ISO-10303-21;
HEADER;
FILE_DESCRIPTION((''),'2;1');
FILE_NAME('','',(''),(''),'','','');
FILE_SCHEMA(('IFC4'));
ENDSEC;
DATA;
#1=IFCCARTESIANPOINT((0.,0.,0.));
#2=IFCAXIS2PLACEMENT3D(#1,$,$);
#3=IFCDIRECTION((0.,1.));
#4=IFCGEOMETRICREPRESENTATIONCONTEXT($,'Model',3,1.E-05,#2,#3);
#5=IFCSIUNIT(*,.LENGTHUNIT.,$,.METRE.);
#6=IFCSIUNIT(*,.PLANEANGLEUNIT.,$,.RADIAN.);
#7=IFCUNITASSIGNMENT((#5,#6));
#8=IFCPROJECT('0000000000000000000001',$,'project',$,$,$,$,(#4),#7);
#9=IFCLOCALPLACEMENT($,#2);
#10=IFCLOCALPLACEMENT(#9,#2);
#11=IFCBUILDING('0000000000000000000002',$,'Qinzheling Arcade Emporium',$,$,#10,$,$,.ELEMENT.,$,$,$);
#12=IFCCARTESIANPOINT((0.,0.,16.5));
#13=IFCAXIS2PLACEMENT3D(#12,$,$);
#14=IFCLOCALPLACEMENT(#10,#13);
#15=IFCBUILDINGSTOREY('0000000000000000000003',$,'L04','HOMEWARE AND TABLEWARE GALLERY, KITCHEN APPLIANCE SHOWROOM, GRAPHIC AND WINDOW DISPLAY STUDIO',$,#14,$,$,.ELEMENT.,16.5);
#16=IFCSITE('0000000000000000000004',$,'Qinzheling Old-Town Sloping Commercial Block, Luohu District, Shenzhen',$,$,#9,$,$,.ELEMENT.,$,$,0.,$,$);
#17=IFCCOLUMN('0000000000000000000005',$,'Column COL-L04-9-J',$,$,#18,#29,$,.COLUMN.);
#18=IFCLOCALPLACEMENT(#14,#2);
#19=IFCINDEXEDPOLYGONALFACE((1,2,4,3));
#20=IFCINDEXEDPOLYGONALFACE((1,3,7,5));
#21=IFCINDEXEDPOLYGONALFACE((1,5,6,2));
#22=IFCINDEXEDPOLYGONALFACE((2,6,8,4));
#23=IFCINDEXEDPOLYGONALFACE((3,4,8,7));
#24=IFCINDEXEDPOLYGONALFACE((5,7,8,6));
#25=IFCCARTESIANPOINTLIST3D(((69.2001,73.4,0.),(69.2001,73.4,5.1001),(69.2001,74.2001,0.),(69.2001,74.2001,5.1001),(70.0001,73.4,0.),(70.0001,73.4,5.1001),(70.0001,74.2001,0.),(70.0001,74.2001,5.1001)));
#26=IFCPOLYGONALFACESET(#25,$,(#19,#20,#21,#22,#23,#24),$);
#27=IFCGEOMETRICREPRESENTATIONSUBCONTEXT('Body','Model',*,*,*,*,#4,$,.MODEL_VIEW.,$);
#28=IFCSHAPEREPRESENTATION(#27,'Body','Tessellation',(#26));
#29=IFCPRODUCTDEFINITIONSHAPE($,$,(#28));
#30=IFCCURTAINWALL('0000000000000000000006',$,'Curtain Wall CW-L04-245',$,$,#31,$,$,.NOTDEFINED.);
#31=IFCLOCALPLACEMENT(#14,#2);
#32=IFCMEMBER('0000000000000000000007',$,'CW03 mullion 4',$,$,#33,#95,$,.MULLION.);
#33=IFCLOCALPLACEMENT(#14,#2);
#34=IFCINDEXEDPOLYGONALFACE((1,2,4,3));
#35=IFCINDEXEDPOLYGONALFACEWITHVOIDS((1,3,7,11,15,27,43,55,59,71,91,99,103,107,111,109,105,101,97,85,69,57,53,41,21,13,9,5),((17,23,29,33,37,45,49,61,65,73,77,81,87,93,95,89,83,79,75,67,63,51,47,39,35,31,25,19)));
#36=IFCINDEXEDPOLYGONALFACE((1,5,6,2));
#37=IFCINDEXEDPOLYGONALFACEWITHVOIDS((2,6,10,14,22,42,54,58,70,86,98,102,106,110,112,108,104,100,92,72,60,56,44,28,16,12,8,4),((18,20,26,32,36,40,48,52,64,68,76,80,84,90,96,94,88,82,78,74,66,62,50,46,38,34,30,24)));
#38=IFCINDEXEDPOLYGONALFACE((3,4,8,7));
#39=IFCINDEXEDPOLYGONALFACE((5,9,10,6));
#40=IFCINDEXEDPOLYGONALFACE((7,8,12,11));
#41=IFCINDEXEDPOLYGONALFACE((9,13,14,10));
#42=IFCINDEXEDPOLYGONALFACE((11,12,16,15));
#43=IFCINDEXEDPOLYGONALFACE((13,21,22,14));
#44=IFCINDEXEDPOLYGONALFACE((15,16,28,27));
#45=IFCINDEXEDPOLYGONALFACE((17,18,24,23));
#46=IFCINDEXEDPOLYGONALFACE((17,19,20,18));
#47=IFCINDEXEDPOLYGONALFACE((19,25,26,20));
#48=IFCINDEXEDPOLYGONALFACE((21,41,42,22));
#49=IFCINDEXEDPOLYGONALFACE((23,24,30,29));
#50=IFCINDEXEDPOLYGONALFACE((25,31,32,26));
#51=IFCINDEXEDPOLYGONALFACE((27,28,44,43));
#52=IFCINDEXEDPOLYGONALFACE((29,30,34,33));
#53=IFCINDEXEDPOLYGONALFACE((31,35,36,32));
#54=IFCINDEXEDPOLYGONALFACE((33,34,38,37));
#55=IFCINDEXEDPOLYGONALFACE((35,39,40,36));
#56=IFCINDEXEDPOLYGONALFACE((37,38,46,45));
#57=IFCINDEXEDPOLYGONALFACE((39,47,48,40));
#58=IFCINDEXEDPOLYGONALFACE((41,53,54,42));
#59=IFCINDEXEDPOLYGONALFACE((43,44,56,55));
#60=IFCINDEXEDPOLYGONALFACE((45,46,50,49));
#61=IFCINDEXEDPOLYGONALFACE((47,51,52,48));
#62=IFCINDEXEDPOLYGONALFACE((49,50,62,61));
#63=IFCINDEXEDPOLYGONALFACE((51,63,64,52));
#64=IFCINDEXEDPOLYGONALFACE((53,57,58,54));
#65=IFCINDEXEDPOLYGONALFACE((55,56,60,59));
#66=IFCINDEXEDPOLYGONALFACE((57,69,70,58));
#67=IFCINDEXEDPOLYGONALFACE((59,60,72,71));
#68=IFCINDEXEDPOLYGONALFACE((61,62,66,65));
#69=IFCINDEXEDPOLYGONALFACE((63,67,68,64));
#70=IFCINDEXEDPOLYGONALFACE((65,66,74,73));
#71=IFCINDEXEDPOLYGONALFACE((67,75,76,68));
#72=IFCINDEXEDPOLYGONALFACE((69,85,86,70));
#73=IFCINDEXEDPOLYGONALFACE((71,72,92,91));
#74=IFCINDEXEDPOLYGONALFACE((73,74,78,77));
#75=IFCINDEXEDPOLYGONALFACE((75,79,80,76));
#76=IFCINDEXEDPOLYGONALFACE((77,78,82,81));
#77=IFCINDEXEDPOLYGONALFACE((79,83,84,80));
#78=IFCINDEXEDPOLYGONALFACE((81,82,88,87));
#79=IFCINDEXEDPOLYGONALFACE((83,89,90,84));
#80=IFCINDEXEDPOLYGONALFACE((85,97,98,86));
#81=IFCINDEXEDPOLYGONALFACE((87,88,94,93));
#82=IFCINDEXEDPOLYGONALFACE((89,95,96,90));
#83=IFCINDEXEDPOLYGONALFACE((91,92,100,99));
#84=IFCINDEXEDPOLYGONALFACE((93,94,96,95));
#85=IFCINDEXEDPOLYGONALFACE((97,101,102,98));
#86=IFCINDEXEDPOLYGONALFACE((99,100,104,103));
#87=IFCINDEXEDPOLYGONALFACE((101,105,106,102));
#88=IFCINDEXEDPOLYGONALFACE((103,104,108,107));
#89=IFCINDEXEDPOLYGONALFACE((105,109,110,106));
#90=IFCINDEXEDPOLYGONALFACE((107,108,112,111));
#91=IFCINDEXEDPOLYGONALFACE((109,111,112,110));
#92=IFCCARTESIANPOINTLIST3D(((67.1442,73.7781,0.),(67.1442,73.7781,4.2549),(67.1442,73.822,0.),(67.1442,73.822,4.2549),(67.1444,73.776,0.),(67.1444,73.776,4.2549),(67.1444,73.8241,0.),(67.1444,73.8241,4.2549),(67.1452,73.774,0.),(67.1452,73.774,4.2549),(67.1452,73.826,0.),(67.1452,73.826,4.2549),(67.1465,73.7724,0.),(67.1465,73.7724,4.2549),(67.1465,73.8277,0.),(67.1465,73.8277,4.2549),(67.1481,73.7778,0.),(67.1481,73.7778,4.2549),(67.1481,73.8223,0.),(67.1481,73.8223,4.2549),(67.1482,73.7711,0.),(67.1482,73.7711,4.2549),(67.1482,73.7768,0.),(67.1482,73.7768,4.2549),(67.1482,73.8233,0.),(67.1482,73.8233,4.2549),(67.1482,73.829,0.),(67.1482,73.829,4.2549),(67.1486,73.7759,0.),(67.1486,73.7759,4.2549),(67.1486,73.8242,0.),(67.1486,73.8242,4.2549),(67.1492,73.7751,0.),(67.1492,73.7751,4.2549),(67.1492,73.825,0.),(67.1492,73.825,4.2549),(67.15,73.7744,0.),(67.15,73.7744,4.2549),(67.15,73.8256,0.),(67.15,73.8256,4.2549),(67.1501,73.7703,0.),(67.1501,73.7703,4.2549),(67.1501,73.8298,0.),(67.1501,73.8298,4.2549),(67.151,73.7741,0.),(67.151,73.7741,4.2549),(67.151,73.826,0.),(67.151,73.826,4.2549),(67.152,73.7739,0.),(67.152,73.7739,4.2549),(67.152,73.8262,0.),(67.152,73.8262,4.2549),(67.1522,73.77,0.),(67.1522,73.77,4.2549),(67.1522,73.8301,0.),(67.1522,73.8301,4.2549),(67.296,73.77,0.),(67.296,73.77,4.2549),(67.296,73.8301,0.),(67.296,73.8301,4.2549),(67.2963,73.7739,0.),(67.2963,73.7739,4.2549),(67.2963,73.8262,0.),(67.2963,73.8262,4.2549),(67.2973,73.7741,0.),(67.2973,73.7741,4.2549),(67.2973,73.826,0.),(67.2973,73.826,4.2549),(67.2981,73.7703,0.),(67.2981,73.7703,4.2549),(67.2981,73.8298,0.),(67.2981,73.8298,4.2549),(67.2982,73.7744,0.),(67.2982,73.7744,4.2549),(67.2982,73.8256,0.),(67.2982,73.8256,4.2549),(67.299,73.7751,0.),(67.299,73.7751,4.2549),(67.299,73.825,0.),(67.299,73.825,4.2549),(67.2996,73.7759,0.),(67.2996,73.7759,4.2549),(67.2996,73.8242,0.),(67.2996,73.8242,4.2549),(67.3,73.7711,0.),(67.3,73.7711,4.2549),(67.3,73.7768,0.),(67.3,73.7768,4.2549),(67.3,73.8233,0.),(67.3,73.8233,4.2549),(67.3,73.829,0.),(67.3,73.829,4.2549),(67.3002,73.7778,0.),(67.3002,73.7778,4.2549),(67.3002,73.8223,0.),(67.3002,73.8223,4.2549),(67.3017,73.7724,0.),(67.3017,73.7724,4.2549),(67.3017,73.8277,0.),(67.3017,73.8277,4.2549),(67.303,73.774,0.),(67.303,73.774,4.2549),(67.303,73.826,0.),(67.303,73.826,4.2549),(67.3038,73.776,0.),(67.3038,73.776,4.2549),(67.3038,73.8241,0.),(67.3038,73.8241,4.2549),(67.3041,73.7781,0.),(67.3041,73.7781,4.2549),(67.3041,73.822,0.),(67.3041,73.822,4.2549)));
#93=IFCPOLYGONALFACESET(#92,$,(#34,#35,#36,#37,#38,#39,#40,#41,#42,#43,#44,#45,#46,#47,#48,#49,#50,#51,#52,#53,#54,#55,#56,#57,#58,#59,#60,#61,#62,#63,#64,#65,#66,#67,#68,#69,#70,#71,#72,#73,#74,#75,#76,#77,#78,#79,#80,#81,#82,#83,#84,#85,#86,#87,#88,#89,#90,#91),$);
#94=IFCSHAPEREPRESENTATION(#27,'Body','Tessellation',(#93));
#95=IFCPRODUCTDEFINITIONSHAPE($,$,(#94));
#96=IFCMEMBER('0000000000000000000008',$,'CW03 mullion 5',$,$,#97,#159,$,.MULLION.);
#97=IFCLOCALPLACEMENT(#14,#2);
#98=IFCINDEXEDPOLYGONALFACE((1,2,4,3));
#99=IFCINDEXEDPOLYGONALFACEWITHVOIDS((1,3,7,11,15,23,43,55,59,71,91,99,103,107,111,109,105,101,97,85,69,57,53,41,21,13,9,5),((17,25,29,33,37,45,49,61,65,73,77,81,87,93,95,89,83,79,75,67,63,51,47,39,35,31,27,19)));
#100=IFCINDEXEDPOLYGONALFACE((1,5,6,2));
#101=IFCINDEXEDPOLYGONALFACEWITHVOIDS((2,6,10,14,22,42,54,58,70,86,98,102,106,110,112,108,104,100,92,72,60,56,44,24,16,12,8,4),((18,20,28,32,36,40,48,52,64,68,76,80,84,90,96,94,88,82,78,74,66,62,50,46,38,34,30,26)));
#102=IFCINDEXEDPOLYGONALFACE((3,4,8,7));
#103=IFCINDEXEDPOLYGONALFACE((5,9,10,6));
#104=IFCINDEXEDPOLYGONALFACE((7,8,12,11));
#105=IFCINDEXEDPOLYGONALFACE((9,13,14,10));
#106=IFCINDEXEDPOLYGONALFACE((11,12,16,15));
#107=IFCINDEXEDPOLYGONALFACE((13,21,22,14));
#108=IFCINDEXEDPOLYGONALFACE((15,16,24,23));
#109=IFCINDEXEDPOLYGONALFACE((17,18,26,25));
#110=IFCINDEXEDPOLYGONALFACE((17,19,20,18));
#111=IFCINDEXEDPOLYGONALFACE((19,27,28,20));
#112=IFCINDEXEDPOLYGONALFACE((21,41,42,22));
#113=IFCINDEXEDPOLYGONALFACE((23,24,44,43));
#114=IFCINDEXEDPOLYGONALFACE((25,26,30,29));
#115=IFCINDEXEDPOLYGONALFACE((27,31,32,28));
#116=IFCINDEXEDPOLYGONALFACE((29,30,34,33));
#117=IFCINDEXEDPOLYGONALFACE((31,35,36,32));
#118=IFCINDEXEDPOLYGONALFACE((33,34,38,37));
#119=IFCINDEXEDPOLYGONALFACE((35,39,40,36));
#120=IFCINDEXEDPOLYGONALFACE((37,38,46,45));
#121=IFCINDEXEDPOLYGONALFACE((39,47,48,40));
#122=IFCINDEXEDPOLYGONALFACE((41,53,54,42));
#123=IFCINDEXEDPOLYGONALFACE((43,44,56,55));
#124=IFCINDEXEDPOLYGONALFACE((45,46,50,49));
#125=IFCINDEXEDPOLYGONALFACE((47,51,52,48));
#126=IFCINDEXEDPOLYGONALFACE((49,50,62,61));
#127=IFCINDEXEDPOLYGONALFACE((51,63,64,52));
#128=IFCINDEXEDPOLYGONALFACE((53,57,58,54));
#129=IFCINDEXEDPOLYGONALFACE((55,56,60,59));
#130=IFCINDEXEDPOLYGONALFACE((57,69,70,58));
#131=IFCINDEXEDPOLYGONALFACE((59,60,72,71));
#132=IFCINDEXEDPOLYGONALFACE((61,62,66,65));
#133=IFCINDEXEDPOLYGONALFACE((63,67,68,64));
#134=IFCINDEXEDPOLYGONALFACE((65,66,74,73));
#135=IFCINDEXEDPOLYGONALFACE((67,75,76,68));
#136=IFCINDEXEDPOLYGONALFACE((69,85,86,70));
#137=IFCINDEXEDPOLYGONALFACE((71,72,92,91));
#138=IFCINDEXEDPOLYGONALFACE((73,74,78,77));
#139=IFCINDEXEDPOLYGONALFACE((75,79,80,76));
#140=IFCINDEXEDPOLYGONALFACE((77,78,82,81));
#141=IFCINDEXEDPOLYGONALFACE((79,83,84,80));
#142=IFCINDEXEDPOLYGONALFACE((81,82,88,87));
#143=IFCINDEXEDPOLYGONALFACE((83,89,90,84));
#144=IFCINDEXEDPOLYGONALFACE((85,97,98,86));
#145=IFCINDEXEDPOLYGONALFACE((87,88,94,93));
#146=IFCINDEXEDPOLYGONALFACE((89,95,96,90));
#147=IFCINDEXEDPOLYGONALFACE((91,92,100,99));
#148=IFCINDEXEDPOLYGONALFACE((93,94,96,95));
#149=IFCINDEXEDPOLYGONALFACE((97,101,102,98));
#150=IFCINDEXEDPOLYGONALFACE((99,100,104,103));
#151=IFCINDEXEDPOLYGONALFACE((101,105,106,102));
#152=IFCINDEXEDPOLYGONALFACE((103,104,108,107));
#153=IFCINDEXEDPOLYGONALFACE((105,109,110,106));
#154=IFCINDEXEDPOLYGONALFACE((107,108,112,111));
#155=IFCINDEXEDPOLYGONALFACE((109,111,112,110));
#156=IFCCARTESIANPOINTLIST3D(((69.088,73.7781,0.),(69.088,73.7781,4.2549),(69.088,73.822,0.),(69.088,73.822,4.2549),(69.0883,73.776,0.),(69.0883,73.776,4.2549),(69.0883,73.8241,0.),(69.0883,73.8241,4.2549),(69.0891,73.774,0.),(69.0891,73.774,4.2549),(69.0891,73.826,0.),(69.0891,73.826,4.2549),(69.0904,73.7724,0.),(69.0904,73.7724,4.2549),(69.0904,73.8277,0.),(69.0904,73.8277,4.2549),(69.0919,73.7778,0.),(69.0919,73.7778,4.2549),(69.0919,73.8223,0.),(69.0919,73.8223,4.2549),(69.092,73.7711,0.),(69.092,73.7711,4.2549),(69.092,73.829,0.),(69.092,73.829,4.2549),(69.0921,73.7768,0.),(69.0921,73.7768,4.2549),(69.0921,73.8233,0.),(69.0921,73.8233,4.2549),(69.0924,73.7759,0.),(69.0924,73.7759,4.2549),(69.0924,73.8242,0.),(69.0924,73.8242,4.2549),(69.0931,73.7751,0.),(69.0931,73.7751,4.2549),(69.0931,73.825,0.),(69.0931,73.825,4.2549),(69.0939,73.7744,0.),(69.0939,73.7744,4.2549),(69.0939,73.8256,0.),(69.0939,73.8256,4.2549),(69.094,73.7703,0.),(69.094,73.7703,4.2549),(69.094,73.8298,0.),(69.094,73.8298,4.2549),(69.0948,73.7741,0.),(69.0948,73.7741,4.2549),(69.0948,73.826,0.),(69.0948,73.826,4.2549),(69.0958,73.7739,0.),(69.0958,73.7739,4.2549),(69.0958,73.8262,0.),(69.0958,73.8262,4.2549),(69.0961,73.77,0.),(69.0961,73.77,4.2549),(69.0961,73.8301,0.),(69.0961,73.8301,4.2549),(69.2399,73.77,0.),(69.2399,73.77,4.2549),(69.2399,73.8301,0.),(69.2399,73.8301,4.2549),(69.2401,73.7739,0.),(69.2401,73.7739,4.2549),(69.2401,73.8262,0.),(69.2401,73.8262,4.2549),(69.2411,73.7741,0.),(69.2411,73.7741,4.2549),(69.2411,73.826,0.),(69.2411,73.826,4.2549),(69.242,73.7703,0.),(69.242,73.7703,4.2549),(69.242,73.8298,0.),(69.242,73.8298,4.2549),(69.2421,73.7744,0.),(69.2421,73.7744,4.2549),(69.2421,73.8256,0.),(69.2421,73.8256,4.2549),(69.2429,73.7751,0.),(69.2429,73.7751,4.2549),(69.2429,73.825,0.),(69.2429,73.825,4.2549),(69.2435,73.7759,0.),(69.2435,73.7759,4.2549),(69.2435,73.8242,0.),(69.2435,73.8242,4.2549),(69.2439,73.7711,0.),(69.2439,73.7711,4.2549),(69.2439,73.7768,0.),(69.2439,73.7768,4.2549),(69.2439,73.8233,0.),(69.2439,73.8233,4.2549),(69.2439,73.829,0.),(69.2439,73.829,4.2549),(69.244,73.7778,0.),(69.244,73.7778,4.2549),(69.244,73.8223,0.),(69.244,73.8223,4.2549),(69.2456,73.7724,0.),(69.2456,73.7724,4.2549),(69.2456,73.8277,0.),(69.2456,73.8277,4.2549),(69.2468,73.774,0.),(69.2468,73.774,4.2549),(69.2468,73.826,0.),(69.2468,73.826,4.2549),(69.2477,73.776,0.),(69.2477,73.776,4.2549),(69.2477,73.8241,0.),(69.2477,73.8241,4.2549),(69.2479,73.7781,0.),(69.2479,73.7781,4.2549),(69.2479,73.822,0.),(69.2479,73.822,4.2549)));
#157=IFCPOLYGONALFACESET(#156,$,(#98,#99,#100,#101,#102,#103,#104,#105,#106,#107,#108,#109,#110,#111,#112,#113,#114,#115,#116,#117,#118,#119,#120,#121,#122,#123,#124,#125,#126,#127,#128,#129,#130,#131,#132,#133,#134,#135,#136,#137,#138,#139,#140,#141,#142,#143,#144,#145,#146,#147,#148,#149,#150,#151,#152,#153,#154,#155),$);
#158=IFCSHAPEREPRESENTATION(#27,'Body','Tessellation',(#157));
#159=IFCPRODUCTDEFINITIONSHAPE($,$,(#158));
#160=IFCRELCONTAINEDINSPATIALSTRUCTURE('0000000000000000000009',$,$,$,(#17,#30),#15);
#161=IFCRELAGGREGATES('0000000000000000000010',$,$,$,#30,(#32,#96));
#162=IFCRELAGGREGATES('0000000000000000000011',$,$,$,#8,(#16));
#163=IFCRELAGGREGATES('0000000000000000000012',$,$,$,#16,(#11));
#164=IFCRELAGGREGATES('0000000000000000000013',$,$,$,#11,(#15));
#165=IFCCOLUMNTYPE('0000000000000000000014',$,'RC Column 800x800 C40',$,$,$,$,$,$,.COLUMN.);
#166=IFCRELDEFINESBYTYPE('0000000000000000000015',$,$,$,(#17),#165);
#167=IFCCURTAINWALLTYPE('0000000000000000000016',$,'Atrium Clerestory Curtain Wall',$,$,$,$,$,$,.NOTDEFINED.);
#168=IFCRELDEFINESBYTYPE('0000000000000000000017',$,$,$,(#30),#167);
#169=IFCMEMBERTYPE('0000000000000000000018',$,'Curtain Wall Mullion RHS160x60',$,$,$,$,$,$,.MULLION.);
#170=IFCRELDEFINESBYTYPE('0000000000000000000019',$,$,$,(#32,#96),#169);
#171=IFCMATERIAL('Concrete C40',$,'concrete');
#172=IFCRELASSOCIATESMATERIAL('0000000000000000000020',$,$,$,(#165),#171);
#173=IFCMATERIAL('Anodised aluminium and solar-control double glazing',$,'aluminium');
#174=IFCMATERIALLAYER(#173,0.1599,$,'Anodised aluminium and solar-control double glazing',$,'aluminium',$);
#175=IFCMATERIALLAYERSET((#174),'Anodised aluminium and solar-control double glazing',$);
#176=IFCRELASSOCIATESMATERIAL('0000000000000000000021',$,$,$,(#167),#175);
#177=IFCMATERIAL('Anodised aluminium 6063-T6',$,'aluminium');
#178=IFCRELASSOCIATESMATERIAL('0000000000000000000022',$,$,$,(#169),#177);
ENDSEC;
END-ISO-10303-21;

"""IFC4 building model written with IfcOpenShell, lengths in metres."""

from ifc_helpers import new_model, si_unit, direction, frame, origin, origin_2d, place, context, subcontext, project, spatial, rectangle, hollow_rectangle, extrude, material, layer, layer_set, material_profile, profile_set, type_object, element, aggregate, save


model = new_model("IFC4")

# Units and contexts
model_context = context("Model", 3, precision=1e-05, world=origin(), true_north=direction((0.0, 1.0)))
body_context = subcontext(model_context, "Body", "Model", "MODEL_VIEW")
ifc_project = project(units=[si_unit("LENGTHUNIT", "METRE"), si_unit("PLANEANGLEUNIT", "RADIAN")], contexts=[model_context])

# Site, building, storey
site_placement = place(None, origin())
site = spatial("IfcSite", under=ifc_project, at=site_placement, Name="Qinzheling Old-Town Sloping Commercial Block, Luohu District, Shenzhen", CompositionType="ELEMENT", RefElevation=0.0)
building_placement = place(site_placement, origin())
building = spatial("IfcBuilding", under=site, at=building_placement, Name="Qinzheling Arcade Emporium", CompositionType="ELEMENT")
storey_placement = place(building_placement, frame((0.0, 0.0, 16.5)))
storey = spatial("IfcBuildingStorey", under=building, at=storey_placement, Name="L04", Description="HOMEWARE AND TABLEWARE GALLERY, KITCHEN APPLIANCE SHOWROOM, GRAPHIC AND WINDOW DISPLAY STUDIO", CompositionType="ELEMENT", Elevation=16.5)

# Column
ifc_material_1 = material(Name="Concrete C40", Category="concrete")
ifc_material_profile_1 = material_profile(ifc_material_1, rectangle(XDim=0.8, YDim=0.8, at=origin_2d()), Name="RC 800x800", Category="concrete")
ifc_profile_set_1 = profile_set([ifc_material_profile_1], Name="Concrete C40")
column_type = type_object("IfcColumnType", Name="RC Column 800x800 C40", PredefinedType="COLUMN", material=ifc_profile_set_1)
column_placement = place(storey_placement, frame((69.6001, 73.8, 0.0), z_axis=(0.0, 0.0, 1.0), x_axis=(1.0, 0.0, 0.0)))
element("IfcColumn", 1, at=column_placement, inside=storey, type_object=column_type, Name="Column COL-L04-9-J", PredefinedType="COLUMN", context=body_context, shape_type="SweptSolid", body=[
    extrude(rectangle(XDim=0.8, YDim=0.8, at=origin_2d()), origin(), (0.0, 0.0, 1.0), 5.1001),
])

# Curtain wall, members
ifc_material_2 = material(Name="Anodised aluminium and solar-control double glazing", Category="aluminium")
ifc_layer_1 = layer(ifc_material_2, 0.1599, Name="Anodised aluminium and solar-control double glazing", Category="aluminium")
ifc_layer_set_1 = layer_set([ifc_layer_1], Name="Anodised aluminium and solar-control double glazing")
curtain_wall_type = type_object("IfcCurtainWallType", Name="Atrium Clerestory Curtain Wall", PredefinedType="NOTDEFINED", material=ifc_layer_set_1)
curtain_wall_1_placement = place(storey_placement, origin())
curtain_wall_1 = element("IfcCurtainWall", 2, at=curtain_wall_1_placement, inside=storey, type_object=curtain_wall_type, Name="Curtain Wall CW-L04-245", PredefinedType="NOTDEFINED")
ifc_material_3 = material(Name="Anodised aluminium 6063-T6", Category="aluminium")
ifc_material_profile_2 = material_profile(ifc_material_3, hollow_rectangle(XDim=0.0601, YDim=0.1599, WallThickness=0.0039, InnerFilletRadius=0.0039, OuterFilletRadius=0.0081, at=origin_2d()), Name="RHS 160x60x4", Category="aluminium")
ifc_profile_set_2 = profile_set([ifc_material_profile_2], Name="Anodised aluminium 6063-T6")
member_type_1 = type_object("IfcMemberType", Name="Curtain Wall Mullion RHS160x60", PredefinedType="MULLION", material=ifc_profile_set_2)
member_1_placement = place(storey_placement, frame((67.2241, 73.8, 0.0), z_axis=(0.0, 0.0, 1.0), x_axis=(0.0, 1.0, 0.0)))
member_1 = element("IfcMember", 3, at=member_1_placement, type_object=member_type_1, Name="CW03 mullion 4", PredefinedType="MULLION", context=body_context, shape_type="SweptSolid", body=[
    extrude(hollow_rectangle(XDim=0.0601, YDim=0.1599, WallThickness=0.0039, InnerFilletRadius=0.0039, OuterFilletRadius=0.0081, at=origin_2d()), origin(), (0.0, 0.0, 1.0), 4.2549),
])
member_2_placement = place(storey_placement, frame((69.168, 73.8, 0.0), z_axis=(0.0, 0.0, 1.0), x_axis=(0.0, 1.0, 0.0)))
member_2 = element("IfcMember", 4, at=member_2_placement, type_object=member_type_1, Name="CW03 mullion 5", PredefinedType="MULLION", context=body_context, shape_type="SweptSolid", body=[
    extrude(hollow_rectangle(XDim=0.0601, YDim=0.1599, WallThickness=0.0039, InnerFilletRadius=0.0039, OuterFilletRadius=0.0081, at=origin_2d()), origin(), (0.0, 0.0, 1.0), 4.2549),
])

aggregate(curtain_wall_1, [member_1, member_2])

save(model, "model.ifc")
